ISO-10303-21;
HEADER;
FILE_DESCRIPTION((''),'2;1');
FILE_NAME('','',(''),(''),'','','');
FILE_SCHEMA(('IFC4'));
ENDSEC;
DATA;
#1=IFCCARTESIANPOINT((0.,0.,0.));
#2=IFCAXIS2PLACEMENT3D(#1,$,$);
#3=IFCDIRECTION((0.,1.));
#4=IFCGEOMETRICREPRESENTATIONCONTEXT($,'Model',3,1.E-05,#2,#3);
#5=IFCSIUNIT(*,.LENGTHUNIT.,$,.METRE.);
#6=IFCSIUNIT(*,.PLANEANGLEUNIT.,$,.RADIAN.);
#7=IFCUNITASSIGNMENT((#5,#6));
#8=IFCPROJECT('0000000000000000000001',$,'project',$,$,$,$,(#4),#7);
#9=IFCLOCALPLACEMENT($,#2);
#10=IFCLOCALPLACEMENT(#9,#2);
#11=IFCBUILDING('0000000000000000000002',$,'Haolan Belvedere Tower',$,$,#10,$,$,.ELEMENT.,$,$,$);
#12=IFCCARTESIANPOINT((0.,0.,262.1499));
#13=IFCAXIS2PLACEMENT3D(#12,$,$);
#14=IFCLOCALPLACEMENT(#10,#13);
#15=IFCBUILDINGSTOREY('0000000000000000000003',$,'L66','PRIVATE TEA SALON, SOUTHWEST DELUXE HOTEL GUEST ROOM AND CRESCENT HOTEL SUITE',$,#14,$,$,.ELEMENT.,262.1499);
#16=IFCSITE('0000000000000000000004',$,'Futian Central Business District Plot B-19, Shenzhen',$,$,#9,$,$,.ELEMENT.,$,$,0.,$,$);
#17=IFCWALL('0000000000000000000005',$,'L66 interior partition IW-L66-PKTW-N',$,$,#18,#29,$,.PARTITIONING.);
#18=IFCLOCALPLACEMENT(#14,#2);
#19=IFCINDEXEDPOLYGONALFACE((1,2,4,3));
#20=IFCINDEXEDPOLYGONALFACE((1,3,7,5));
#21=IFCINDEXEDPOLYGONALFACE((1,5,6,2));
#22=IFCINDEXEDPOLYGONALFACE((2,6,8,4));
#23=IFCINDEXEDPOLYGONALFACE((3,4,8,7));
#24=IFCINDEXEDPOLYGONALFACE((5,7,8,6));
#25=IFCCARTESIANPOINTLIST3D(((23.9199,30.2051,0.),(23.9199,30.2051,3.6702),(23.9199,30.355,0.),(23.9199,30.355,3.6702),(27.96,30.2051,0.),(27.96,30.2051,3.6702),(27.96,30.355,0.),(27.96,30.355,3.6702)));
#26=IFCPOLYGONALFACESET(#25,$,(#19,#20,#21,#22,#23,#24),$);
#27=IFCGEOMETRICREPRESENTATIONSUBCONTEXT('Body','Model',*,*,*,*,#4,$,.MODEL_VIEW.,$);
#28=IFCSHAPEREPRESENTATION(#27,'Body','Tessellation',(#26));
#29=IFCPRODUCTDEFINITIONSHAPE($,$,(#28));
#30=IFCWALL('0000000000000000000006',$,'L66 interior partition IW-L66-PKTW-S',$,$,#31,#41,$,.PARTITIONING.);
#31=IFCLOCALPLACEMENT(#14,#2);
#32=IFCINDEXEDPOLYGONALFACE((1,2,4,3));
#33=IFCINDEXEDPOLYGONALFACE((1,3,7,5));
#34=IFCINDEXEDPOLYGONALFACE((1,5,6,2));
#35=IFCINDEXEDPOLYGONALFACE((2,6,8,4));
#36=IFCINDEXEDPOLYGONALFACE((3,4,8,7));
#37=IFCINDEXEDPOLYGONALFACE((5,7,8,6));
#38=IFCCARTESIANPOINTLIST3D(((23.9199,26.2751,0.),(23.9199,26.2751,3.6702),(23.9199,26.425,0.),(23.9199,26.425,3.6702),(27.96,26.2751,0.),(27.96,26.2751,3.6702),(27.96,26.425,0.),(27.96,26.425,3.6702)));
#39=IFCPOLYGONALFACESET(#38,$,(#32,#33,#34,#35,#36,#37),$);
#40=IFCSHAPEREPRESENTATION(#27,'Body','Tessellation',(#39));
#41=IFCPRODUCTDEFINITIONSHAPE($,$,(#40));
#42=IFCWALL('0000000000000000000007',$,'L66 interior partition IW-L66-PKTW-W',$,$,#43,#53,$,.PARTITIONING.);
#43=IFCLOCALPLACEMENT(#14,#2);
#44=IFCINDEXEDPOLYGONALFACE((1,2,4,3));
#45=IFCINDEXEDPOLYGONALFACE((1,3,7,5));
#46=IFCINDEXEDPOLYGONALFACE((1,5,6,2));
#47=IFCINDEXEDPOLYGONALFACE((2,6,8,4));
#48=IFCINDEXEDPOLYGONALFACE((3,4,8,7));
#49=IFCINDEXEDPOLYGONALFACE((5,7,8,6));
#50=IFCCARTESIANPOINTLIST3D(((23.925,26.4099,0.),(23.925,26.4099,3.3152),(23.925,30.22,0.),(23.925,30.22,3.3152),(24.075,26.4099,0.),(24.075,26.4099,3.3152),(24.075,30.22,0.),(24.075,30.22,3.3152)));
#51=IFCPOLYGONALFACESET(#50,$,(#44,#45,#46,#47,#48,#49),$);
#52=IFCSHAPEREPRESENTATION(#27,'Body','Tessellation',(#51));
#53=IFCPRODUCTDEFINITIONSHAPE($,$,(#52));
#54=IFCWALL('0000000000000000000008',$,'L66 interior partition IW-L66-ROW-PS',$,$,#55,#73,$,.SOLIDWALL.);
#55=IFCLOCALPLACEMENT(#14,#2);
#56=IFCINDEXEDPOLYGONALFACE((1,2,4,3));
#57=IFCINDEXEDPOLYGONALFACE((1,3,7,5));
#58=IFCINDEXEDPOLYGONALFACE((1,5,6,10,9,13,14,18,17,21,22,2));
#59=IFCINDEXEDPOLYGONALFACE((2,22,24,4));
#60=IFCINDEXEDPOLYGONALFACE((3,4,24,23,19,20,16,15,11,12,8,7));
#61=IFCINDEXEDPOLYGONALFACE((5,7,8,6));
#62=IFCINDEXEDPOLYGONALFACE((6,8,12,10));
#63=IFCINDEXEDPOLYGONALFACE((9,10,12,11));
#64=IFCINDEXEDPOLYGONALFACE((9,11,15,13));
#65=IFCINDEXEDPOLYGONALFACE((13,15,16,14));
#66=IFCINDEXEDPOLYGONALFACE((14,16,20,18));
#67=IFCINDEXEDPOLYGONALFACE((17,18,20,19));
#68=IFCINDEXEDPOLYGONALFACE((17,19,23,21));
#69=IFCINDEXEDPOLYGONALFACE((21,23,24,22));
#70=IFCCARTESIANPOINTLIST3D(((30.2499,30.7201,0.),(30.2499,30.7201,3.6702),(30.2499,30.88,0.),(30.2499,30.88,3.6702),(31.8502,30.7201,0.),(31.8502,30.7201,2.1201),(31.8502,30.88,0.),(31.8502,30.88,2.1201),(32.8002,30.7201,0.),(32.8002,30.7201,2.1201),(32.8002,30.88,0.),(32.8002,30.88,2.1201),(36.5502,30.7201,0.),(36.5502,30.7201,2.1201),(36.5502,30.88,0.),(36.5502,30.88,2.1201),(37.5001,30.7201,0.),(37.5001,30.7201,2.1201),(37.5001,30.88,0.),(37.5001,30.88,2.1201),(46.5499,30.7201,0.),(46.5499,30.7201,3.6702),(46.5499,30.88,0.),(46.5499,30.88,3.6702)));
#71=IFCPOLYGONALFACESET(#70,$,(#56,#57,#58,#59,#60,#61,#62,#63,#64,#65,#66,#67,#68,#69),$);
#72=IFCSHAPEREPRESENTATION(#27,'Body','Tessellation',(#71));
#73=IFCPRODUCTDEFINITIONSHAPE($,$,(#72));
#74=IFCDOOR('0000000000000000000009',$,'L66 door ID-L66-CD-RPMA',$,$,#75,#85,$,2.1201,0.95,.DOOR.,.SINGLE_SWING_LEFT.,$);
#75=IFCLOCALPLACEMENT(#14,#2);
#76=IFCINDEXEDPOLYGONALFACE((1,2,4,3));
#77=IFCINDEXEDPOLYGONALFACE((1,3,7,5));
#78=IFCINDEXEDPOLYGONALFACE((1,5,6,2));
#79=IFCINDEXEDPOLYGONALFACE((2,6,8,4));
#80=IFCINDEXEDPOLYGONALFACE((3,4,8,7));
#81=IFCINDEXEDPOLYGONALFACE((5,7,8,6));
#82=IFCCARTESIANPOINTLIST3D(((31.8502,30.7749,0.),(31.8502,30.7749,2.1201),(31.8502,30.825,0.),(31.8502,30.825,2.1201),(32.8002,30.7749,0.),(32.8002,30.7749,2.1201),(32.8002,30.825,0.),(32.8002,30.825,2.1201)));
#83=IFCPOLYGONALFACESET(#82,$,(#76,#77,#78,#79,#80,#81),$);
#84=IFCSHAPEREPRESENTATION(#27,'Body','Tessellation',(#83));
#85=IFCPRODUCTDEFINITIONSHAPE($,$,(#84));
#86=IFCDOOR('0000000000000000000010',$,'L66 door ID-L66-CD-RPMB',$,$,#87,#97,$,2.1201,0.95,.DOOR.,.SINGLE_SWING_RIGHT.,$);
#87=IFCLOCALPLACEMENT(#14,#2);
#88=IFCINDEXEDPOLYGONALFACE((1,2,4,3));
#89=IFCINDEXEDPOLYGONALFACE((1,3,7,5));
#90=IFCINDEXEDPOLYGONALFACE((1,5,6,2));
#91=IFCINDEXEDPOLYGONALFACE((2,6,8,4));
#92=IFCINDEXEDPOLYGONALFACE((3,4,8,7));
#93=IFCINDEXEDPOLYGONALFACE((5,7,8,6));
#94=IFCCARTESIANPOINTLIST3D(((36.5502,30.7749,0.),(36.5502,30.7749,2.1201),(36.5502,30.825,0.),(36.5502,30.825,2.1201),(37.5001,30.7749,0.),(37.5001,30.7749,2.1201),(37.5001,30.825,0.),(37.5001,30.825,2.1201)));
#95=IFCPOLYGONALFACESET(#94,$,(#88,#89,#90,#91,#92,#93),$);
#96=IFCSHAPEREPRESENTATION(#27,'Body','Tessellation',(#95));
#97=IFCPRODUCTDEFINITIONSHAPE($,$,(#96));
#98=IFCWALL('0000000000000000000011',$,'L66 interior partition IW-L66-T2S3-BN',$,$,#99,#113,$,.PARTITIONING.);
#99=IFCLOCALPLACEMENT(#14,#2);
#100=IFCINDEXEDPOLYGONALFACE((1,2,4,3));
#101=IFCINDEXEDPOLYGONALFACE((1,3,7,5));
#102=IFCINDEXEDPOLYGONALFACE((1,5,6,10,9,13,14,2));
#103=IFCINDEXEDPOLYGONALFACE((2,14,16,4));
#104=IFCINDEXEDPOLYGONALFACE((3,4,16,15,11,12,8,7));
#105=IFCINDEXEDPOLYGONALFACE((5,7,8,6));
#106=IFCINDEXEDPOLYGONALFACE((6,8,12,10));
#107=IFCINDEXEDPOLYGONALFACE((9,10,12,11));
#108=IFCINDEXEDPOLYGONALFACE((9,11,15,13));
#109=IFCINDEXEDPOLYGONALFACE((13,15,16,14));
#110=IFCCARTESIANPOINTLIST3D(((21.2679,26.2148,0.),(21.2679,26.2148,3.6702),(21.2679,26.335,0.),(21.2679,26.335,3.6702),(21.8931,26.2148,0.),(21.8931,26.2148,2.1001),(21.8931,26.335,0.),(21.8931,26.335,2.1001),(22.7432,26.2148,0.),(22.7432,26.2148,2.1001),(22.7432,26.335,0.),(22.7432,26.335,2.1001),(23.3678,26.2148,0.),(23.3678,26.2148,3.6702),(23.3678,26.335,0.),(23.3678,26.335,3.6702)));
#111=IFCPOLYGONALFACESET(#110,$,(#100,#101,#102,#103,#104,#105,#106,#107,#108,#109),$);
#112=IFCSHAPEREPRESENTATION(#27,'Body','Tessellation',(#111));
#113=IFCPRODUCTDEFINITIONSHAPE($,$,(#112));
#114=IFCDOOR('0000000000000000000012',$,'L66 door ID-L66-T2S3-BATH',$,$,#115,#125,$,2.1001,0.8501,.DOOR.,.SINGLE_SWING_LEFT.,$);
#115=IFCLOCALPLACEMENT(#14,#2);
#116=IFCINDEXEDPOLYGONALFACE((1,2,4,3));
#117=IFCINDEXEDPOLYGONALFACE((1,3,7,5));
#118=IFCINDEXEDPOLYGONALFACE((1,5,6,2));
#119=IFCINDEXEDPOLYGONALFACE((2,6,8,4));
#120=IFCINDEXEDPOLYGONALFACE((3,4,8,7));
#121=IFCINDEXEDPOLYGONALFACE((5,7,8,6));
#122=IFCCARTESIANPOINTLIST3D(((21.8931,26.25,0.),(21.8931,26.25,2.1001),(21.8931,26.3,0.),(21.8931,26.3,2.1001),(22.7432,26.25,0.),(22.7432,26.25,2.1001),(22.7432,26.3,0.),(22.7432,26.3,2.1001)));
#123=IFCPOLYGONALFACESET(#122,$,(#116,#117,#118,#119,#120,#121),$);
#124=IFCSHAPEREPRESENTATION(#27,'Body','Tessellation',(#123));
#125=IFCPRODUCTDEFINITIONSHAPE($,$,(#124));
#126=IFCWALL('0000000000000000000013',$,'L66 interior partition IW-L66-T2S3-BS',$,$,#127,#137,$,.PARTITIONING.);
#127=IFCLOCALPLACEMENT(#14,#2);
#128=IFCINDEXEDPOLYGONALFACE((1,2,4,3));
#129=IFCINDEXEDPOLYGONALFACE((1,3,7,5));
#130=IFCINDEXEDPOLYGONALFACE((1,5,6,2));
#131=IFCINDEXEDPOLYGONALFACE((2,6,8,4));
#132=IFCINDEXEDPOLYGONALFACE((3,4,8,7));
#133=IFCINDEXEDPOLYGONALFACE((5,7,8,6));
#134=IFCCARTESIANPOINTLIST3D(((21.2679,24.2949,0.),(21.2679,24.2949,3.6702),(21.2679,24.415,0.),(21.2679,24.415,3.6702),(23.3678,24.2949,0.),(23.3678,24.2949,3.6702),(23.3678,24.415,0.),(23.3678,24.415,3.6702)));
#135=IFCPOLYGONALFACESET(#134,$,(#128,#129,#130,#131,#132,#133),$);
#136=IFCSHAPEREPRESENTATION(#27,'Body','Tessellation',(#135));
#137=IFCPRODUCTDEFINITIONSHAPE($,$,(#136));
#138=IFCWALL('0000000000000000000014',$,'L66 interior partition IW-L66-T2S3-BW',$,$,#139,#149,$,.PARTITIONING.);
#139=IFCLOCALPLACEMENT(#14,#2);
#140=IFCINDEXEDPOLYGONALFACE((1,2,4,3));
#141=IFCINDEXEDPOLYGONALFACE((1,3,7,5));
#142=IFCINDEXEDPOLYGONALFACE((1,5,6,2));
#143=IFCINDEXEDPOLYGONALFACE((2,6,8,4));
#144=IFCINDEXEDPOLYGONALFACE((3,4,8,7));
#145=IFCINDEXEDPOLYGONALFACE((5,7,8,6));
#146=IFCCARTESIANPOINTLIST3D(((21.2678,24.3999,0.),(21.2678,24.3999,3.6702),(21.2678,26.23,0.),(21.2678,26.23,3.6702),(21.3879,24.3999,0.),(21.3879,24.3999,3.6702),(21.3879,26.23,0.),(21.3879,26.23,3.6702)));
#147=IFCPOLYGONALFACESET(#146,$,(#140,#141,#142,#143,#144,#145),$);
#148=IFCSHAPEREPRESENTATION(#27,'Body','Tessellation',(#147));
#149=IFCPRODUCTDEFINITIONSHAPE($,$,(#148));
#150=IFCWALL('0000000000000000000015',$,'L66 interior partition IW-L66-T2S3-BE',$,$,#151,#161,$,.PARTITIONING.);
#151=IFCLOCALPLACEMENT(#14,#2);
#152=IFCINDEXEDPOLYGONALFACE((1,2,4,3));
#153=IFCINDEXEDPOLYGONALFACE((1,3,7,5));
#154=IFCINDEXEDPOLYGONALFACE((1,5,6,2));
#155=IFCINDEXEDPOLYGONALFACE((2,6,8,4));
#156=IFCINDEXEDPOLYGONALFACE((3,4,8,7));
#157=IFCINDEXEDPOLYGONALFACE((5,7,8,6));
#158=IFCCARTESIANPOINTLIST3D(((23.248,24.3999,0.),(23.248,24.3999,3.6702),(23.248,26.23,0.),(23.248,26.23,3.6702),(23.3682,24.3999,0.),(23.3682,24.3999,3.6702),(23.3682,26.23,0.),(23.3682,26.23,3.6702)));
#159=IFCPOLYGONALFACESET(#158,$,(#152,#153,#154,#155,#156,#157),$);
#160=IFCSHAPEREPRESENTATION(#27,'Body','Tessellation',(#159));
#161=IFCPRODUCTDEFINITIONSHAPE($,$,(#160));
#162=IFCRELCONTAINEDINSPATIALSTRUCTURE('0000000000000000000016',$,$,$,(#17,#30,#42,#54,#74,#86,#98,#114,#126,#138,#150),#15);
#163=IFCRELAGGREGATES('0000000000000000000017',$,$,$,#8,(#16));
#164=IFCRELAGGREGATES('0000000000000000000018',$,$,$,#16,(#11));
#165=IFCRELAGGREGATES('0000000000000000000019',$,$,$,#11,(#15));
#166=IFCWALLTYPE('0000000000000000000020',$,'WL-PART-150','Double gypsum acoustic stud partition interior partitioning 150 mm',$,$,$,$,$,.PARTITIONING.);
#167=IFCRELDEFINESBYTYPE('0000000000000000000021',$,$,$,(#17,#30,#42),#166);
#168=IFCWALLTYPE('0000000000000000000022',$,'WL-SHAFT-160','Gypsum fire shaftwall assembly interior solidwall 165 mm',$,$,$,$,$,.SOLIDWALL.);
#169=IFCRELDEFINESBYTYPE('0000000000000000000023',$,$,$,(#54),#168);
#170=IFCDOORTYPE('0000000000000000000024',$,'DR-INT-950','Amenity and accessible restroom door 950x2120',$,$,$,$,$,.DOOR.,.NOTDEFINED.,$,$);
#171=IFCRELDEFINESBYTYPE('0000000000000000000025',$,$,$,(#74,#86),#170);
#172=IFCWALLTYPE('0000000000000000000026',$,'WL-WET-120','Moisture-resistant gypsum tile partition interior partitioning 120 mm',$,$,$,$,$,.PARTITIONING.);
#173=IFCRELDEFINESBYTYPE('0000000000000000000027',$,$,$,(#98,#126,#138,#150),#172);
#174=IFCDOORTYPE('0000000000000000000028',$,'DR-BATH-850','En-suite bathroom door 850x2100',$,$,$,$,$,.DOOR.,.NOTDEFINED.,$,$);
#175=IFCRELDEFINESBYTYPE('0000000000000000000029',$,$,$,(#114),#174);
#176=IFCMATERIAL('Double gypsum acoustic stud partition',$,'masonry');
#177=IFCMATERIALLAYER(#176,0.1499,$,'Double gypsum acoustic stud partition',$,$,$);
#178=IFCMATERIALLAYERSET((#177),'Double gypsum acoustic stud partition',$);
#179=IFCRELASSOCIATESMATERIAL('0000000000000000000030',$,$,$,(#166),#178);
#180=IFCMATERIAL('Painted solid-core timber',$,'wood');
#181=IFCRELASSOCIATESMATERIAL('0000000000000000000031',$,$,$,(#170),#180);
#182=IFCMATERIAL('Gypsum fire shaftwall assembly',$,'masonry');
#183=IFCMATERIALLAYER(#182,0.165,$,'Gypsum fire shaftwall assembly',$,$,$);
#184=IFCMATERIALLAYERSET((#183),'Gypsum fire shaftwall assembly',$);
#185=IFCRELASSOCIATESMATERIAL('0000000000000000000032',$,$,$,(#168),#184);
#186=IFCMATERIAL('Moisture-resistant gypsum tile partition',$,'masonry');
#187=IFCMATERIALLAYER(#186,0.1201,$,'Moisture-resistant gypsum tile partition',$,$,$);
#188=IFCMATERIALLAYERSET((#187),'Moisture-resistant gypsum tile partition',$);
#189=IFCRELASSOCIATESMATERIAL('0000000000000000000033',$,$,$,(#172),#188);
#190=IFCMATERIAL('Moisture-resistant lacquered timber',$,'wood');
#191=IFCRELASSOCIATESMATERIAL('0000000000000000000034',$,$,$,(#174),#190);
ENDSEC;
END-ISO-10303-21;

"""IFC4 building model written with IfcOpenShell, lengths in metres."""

from ifc_helpers import new_model, si_unit, direction, frame, frame_2d, origin, place, context, subcontext, project, spatial, rectangle, extrude, material, layer, layer_set, type_object, element, fill, save


model = new_model("IFC4")

# Units and contexts
model_context = context("Model", 3, precision=1e-05, world=origin(), true_north=direction((0.0, 1.0)))
body_context = subcontext(model_context, "Body", "Model", "MODEL_VIEW")
ifc_project = project(units=[si_unit("LENGTHUNIT", "METRE"), si_unit("PLANEANGLEUNIT", "RADIAN")], contexts=[model_context])

# Site, building, storey
site_placement = place(None, origin())
site = spatial("IfcSite", under=ifc_project, at=site_placement, Name="Futian Central Business District Plot B-19, Shenzhen", CompositionType="ELEMENT", RefElevation=0.0)
building_placement = place(site_placement, origin())
building = spatial("IfcBuilding", under=site, at=building_placement, Name="Haolan Belvedere Tower", CompositionType="ELEMENT")
storey_placement = place(building_placement, frame((0.0, 0.0, 262.1499)))
storey = spatial("IfcBuildingStorey", under=building, at=storey_placement, Name="L66", Description="PRIVATE TEA SALON, SOUTHWEST DELUXE HOTEL GUEST ROOM AND CRESCENT HOTEL SUITE", CompositionType="ELEMENT", Elevation=262.1499)

# Walls
ifc_material_1 = material(Name="Double gypsum acoustic stud partition", Category="masonry")
ifc_layer_1 = layer(ifc_material_1, 0.1499, Name="Double gypsum acoustic stud partition")
ifc_layer_set_1 = layer_set([ifc_layer_1], Name="Double gypsum acoustic stud partition")
wall_type_1 = type_object("IfcWallType", Name="WL-PART-150", Description="Double gypsum acoustic stud partition interior partitioning 150 mm", PredefinedType="PARTITIONING", material=ifc_layer_set_1)
for number, where, z_axis, x_axis, name in (
    (1, (23.9199, 30.28, 0.0), (0.0, 0.0, 1.0), (1.0, 0.0, 0.0), "L66 interior partition IW-L66-PKTW-N"),
    (2, (23.9199, 26.3501, 0.0), (0.0, 0.0, 1.0), (1.0, 0.0, 0.0), "L66 interior partition IW-L66-PKTW-S"),
):
    element("IfcWall", number, at=place(storey_placement, frame(where, z_axis=z_axis, x_axis=x_axis)), inside=storey, type_object=wall_type_1, Name=name, PredefinedType="PARTITIONING", context=body_context, shape_type="SweptSolid", body=[
        extrude(rectangle(XDim=4.04, YDim=0.1499, at=frame_2d((2.02, 0.0))), origin(), (0.0, 0.0, 1.0), 3.6702),
    ])
wall_1_placement = place(storey_placement, frame((24.0, 26.4099, 0.0), z_axis=(0.0, 0.0, 1.0), x_axis=(0.0, 1.0, 0.0)))
element("IfcWall", 3, at=wall_1_placement, inside=storey, type_object=wall_type_1, Name="L66 interior partition IW-L66-PKTW-W", PredefinedType="PARTITIONING", context=body_context, shape_type="SweptSolid", body=[
    extrude(rectangle(XDim=3.8101, YDim=0.1499, at=frame_2d((1.905, 0.0))), origin(), (0.0, 0.0, 1.0), 3.3152),
])

# Shared definitions
ifc_material_2 = material(Name="Painted solid-core timber", Category="wood")
door_type_1 = type_object("IfcDoorType", Name="DR-INT-950", Description="Amenity and accessible restroom door 950x2120", OperationType="NOTDEFINED", PredefinedType="DOOR", material=ifc_material_2)

# Wall, openings, doors
ifc_material_3 = material(Name="Gypsum fire shaftwall assembly", Category="masonry")
ifc_layer_2 = layer(ifc_material_3, 0.165, Name="Gypsum fire shaftwall assembly")
ifc_layer_set_2 = layer_set([ifc_layer_2], Name="Gypsum fire shaftwall assembly")
wall_type_2 = type_object("IfcWallType", Name="WL-SHAFT-160", Description="Gypsum fire shaftwall assembly interior solidwall 165 mm", PredefinedType="SOLIDWALL", material=ifc_layer_set_2)
wall_2_placement = place(storey_placement, frame((30.25, 30.8, 0.0), z_axis=(0.0, 0.0, 1.0), x_axis=(1.0, 0.0, 0.0)))
wall_2 = element("IfcWall", 4, at=wall_2_placement, inside=storey, type_object=wall_type_2, Name="L66 interior partition IW-L66-ROW-PS", PredefinedType="SOLIDWALL", context=body_context, shape_type="SweptSolid", body=[
    extrude(rectangle(XDim=16.3, YDim=0.1599, at=frame_2d((8.1499, 0.0))), origin(), (0.0, 0.0, 1.0), 3.6702),
])
opening_1_placement = place(wall_2_placement, frame((1.6001, 0.0, 0.0)))
opening_1 = element("IfcOpeningElement", 5, at=opening_1_placement, cuts=wall_2, PredefinedType="OPENING", context=body_context, shape_type="SweptSolid", body=[
    extrude(rectangle(XDim=0.95, YDim=2.1201, at=frame_2d((0.4751, 1.0601))), frame((0.0, 0.0898, 0.0), z_axis=(0.0, -1.0, 0.0), x_axis=(1.0, 0.0, 0.0)), (0.0, 0.0, 1.0), 0.1799),
])
opening_2_placement = place(wall_2_placement, frame((6.3, 0.0, 0.0)))
opening_2 = element("IfcOpeningElement", 6, at=opening_2_placement, cuts=wall_2, PredefinedType="OPENING", context=body_context, shape_type="SweptSolid", body=[
    extrude(rectangle(XDim=0.95, YDim=2.1201, at=frame_2d((0.4751, 1.0601))), frame((0.0, 0.0898, 0.0), z_axis=(0.0, -1.0, 0.0), x_axis=(1.0, 0.0, 0.0)), (0.0, 0.0, 1.0), 0.1799),
])
door_1_placement = place(opening_1_placement, origin())
door_1 = element("IfcDoor", 7, at=door_1_placement, inside=storey, type_object=door_type_1, Name="L66 door ID-L66-CD-RPMA", OperationType="SINGLE_SWING_LEFT", OverallHeight=2.1201, OverallWidth=0.95, PredefinedType="DOOR", context=body_context, shape_type="SweptSolid", body=[
    extrude(rectangle(XDim=0.95, YDim=2.1201, at=frame_2d((0.4751, 1.0601))), frame((0.0, 0.0249, 0.0), z_axis=(0.0, -1.0, 0.0), x_axis=(1.0, 0.0, 0.0)), (0.0, 0.0, 1.0), 0.05),
])
fill(opening_1, door_1)
door_2_placement = place(opening_2_placement, origin())
door_2 = element("IfcDoor", 8, at=door_2_placement, inside=storey, type_object=door_type_1, Name="L66 door ID-L66-CD-RPMB", OperationType="SINGLE_SWING_RIGHT", OverallHeight=2.1201, OverallWidth=0.95, PredefinedType="DOOR", context=body_context, shape_type="SweptSolid", body=[
    extrude(rectangle(XDim=0.95, YDim=2.1201, at=frame_2d((0.4751, 1.0601))), frame((0.0, 0.0249, 0.0), z_axis=(0.0, -1.0, 0.0), x_axis=(1.0, 0.0, 0.0)), (0.0, 0.0, 1.0), 0.05),
])
fill(opening_2, door_2)

# Wall, opening, door
ifc_material_4 = material(Name="Moisture-resistant gypsum tile partition", Category="masonry")
ifc_layer_3 = layer(ifc_material_4, 0.1201, Name="Moisture-resistant gypsum tile partition")
ifc_layer_set_3 = layer_set([ifc_layer_3], Name="Moisture-resistant gypsum tile partition")
wall_type_3 = type_object("IfcWallType", Name="WL-WET-120", Description="Moisture-resistant gypsum tile partition interior partitioning 120 mm", PredefinedType="PARTITIONING", material=ifc_layer_set_3)
wall_3_placement = place(storey_placement, frame((21.2681, 26.2749, 0.0), z_axis=(0.0, 0.0, 1.0), x_axis=(1.0, 0.0, 0.0)))
wall_3 = element("IfcWall", 9, at=wall_3_placement, inside=storey, type_object=wall_type_3, Name="L66 interior partition IW-L66-T2S3-BN", PredefinedType="PARTITIONING", context=body_context, shape_type="SweptSolid", body=[
    extrude(rectangle(XDim=2.0999, YDim=0.1201, at=frame_2d((1.0498, 0.0))), origin(), (0.0, 0.0, 1.0), 3.6702),
])
opening_3_placement = place(wall_3_placement, frame((1.4751, 0.0, 0.0), z_axis=(0.0, 0.0, 1.0), x_axis=(-1.0, 0.0, 0.0)))
opening_3 = element("IfcOpeningElement", 10, at=opening_3_placement, cuts=wall_3, PredefinedType="OPENING", context=body_context, shape_type="SweptSolid", body=[
    extrude(rectangle(XDim=0.8501, YDim=2.1001, at=frame_2d((0.425, 1.05))), frame((0.0, 0.0701, 0.0), z_axis=(0.0, -1.0, 0.0), x_axis=(1.0, 0.0, 0.0)), (0.0, 0.0, 1.0), 0.1401),
])
ifc_material_5 = material(Name="Moisture-resistant lacquered timber", Category="wood")
door_type_2 = type_object("IfcDoorType", Name="DR-BATH-850", Description="En-suite bathroom door 850x2100", OperationType="NOTDEFINED", PredefinedType="DOOR", material=ifc_material_5)
door_3_placement = place(opening_3_placement, origin())
door_3 = element("IfcDoor", 11, at=door_3_placement, inside=storey, type_object=door_type_2, Name="L66 door ID-L66-T2S3-BATH", OperationType="SINGLE_SWING_LEFT", OverallHeight=2.1001, OverallWidth=0.8501, PredefinedType="DOOR", context=body_context, shape_type="SweptSolid", body=[
    extrude(rectangle(XDim=0.8501, YDim=2.1001, at=frame_2d((0.425, 1.05))), frame((0.0, 0.0249, 0.0), z_axis=(0.0, -1.0, 0.0), x_axis=(1.0, 0.0, 0.0)), (0.0, 0.0, 1.0), 0.05),
])
fill(opening_3, door_3)

# Walls
wall_4_placement = place(storey_placement, frame((21.2681, 24.355, 0.0), z_axis=(0.0, 0.0, 1.0), x_axis=(1.0, 0.0, 0.0)))
element("IfcWall", 12, at=wall_4_placement, inside=storey, type_object=wall_type_3, Name="L66 interior partition IW-L66-T2S3-BS", PredefinedType="PARTITIONING", context=body_context, shape_type="SweptSolid", body=[
    extrude(rectangle(XDim=2.0999, YDim=0.1201, at=frame_2d((1.0498, 0.0))), origin(), (0.0, 0.0, 1.0), 3.6702),
])
for number, where, z_axis, x_axis, name in (
    (13, (21.3279, 24.3999, 0.0), (0.0, 0.0, 1.0), (0.0, 1.0, 0.0), "L66 interior partition IW-L66-T2S3-BW"),
    (14, (23.3081, 24.3999, 0.0), (0.0, 0.0, 1.0), (0.0, 1.0, 0.0), "L66 interior partition IW-L66-T2S3-BE"),
):
    element("IfcWall", number, at=place(storey_placement, frame(where, z_axis=z_axis, x_axis=x_axis)), inside=storey, type_object=wall_type_3, Name=name, PredefinedType="PARTITIONING", context=body_context, shape_type="SweptSolid", body=[
        extrude(rectangle(XDim=1.8301, YDim=0.1201, at=frame_2d((0.915, 0.0))), origin(), (0.0, 0.0, 1.0), 3.6702),
    ])

save(model, "model.ifc")
